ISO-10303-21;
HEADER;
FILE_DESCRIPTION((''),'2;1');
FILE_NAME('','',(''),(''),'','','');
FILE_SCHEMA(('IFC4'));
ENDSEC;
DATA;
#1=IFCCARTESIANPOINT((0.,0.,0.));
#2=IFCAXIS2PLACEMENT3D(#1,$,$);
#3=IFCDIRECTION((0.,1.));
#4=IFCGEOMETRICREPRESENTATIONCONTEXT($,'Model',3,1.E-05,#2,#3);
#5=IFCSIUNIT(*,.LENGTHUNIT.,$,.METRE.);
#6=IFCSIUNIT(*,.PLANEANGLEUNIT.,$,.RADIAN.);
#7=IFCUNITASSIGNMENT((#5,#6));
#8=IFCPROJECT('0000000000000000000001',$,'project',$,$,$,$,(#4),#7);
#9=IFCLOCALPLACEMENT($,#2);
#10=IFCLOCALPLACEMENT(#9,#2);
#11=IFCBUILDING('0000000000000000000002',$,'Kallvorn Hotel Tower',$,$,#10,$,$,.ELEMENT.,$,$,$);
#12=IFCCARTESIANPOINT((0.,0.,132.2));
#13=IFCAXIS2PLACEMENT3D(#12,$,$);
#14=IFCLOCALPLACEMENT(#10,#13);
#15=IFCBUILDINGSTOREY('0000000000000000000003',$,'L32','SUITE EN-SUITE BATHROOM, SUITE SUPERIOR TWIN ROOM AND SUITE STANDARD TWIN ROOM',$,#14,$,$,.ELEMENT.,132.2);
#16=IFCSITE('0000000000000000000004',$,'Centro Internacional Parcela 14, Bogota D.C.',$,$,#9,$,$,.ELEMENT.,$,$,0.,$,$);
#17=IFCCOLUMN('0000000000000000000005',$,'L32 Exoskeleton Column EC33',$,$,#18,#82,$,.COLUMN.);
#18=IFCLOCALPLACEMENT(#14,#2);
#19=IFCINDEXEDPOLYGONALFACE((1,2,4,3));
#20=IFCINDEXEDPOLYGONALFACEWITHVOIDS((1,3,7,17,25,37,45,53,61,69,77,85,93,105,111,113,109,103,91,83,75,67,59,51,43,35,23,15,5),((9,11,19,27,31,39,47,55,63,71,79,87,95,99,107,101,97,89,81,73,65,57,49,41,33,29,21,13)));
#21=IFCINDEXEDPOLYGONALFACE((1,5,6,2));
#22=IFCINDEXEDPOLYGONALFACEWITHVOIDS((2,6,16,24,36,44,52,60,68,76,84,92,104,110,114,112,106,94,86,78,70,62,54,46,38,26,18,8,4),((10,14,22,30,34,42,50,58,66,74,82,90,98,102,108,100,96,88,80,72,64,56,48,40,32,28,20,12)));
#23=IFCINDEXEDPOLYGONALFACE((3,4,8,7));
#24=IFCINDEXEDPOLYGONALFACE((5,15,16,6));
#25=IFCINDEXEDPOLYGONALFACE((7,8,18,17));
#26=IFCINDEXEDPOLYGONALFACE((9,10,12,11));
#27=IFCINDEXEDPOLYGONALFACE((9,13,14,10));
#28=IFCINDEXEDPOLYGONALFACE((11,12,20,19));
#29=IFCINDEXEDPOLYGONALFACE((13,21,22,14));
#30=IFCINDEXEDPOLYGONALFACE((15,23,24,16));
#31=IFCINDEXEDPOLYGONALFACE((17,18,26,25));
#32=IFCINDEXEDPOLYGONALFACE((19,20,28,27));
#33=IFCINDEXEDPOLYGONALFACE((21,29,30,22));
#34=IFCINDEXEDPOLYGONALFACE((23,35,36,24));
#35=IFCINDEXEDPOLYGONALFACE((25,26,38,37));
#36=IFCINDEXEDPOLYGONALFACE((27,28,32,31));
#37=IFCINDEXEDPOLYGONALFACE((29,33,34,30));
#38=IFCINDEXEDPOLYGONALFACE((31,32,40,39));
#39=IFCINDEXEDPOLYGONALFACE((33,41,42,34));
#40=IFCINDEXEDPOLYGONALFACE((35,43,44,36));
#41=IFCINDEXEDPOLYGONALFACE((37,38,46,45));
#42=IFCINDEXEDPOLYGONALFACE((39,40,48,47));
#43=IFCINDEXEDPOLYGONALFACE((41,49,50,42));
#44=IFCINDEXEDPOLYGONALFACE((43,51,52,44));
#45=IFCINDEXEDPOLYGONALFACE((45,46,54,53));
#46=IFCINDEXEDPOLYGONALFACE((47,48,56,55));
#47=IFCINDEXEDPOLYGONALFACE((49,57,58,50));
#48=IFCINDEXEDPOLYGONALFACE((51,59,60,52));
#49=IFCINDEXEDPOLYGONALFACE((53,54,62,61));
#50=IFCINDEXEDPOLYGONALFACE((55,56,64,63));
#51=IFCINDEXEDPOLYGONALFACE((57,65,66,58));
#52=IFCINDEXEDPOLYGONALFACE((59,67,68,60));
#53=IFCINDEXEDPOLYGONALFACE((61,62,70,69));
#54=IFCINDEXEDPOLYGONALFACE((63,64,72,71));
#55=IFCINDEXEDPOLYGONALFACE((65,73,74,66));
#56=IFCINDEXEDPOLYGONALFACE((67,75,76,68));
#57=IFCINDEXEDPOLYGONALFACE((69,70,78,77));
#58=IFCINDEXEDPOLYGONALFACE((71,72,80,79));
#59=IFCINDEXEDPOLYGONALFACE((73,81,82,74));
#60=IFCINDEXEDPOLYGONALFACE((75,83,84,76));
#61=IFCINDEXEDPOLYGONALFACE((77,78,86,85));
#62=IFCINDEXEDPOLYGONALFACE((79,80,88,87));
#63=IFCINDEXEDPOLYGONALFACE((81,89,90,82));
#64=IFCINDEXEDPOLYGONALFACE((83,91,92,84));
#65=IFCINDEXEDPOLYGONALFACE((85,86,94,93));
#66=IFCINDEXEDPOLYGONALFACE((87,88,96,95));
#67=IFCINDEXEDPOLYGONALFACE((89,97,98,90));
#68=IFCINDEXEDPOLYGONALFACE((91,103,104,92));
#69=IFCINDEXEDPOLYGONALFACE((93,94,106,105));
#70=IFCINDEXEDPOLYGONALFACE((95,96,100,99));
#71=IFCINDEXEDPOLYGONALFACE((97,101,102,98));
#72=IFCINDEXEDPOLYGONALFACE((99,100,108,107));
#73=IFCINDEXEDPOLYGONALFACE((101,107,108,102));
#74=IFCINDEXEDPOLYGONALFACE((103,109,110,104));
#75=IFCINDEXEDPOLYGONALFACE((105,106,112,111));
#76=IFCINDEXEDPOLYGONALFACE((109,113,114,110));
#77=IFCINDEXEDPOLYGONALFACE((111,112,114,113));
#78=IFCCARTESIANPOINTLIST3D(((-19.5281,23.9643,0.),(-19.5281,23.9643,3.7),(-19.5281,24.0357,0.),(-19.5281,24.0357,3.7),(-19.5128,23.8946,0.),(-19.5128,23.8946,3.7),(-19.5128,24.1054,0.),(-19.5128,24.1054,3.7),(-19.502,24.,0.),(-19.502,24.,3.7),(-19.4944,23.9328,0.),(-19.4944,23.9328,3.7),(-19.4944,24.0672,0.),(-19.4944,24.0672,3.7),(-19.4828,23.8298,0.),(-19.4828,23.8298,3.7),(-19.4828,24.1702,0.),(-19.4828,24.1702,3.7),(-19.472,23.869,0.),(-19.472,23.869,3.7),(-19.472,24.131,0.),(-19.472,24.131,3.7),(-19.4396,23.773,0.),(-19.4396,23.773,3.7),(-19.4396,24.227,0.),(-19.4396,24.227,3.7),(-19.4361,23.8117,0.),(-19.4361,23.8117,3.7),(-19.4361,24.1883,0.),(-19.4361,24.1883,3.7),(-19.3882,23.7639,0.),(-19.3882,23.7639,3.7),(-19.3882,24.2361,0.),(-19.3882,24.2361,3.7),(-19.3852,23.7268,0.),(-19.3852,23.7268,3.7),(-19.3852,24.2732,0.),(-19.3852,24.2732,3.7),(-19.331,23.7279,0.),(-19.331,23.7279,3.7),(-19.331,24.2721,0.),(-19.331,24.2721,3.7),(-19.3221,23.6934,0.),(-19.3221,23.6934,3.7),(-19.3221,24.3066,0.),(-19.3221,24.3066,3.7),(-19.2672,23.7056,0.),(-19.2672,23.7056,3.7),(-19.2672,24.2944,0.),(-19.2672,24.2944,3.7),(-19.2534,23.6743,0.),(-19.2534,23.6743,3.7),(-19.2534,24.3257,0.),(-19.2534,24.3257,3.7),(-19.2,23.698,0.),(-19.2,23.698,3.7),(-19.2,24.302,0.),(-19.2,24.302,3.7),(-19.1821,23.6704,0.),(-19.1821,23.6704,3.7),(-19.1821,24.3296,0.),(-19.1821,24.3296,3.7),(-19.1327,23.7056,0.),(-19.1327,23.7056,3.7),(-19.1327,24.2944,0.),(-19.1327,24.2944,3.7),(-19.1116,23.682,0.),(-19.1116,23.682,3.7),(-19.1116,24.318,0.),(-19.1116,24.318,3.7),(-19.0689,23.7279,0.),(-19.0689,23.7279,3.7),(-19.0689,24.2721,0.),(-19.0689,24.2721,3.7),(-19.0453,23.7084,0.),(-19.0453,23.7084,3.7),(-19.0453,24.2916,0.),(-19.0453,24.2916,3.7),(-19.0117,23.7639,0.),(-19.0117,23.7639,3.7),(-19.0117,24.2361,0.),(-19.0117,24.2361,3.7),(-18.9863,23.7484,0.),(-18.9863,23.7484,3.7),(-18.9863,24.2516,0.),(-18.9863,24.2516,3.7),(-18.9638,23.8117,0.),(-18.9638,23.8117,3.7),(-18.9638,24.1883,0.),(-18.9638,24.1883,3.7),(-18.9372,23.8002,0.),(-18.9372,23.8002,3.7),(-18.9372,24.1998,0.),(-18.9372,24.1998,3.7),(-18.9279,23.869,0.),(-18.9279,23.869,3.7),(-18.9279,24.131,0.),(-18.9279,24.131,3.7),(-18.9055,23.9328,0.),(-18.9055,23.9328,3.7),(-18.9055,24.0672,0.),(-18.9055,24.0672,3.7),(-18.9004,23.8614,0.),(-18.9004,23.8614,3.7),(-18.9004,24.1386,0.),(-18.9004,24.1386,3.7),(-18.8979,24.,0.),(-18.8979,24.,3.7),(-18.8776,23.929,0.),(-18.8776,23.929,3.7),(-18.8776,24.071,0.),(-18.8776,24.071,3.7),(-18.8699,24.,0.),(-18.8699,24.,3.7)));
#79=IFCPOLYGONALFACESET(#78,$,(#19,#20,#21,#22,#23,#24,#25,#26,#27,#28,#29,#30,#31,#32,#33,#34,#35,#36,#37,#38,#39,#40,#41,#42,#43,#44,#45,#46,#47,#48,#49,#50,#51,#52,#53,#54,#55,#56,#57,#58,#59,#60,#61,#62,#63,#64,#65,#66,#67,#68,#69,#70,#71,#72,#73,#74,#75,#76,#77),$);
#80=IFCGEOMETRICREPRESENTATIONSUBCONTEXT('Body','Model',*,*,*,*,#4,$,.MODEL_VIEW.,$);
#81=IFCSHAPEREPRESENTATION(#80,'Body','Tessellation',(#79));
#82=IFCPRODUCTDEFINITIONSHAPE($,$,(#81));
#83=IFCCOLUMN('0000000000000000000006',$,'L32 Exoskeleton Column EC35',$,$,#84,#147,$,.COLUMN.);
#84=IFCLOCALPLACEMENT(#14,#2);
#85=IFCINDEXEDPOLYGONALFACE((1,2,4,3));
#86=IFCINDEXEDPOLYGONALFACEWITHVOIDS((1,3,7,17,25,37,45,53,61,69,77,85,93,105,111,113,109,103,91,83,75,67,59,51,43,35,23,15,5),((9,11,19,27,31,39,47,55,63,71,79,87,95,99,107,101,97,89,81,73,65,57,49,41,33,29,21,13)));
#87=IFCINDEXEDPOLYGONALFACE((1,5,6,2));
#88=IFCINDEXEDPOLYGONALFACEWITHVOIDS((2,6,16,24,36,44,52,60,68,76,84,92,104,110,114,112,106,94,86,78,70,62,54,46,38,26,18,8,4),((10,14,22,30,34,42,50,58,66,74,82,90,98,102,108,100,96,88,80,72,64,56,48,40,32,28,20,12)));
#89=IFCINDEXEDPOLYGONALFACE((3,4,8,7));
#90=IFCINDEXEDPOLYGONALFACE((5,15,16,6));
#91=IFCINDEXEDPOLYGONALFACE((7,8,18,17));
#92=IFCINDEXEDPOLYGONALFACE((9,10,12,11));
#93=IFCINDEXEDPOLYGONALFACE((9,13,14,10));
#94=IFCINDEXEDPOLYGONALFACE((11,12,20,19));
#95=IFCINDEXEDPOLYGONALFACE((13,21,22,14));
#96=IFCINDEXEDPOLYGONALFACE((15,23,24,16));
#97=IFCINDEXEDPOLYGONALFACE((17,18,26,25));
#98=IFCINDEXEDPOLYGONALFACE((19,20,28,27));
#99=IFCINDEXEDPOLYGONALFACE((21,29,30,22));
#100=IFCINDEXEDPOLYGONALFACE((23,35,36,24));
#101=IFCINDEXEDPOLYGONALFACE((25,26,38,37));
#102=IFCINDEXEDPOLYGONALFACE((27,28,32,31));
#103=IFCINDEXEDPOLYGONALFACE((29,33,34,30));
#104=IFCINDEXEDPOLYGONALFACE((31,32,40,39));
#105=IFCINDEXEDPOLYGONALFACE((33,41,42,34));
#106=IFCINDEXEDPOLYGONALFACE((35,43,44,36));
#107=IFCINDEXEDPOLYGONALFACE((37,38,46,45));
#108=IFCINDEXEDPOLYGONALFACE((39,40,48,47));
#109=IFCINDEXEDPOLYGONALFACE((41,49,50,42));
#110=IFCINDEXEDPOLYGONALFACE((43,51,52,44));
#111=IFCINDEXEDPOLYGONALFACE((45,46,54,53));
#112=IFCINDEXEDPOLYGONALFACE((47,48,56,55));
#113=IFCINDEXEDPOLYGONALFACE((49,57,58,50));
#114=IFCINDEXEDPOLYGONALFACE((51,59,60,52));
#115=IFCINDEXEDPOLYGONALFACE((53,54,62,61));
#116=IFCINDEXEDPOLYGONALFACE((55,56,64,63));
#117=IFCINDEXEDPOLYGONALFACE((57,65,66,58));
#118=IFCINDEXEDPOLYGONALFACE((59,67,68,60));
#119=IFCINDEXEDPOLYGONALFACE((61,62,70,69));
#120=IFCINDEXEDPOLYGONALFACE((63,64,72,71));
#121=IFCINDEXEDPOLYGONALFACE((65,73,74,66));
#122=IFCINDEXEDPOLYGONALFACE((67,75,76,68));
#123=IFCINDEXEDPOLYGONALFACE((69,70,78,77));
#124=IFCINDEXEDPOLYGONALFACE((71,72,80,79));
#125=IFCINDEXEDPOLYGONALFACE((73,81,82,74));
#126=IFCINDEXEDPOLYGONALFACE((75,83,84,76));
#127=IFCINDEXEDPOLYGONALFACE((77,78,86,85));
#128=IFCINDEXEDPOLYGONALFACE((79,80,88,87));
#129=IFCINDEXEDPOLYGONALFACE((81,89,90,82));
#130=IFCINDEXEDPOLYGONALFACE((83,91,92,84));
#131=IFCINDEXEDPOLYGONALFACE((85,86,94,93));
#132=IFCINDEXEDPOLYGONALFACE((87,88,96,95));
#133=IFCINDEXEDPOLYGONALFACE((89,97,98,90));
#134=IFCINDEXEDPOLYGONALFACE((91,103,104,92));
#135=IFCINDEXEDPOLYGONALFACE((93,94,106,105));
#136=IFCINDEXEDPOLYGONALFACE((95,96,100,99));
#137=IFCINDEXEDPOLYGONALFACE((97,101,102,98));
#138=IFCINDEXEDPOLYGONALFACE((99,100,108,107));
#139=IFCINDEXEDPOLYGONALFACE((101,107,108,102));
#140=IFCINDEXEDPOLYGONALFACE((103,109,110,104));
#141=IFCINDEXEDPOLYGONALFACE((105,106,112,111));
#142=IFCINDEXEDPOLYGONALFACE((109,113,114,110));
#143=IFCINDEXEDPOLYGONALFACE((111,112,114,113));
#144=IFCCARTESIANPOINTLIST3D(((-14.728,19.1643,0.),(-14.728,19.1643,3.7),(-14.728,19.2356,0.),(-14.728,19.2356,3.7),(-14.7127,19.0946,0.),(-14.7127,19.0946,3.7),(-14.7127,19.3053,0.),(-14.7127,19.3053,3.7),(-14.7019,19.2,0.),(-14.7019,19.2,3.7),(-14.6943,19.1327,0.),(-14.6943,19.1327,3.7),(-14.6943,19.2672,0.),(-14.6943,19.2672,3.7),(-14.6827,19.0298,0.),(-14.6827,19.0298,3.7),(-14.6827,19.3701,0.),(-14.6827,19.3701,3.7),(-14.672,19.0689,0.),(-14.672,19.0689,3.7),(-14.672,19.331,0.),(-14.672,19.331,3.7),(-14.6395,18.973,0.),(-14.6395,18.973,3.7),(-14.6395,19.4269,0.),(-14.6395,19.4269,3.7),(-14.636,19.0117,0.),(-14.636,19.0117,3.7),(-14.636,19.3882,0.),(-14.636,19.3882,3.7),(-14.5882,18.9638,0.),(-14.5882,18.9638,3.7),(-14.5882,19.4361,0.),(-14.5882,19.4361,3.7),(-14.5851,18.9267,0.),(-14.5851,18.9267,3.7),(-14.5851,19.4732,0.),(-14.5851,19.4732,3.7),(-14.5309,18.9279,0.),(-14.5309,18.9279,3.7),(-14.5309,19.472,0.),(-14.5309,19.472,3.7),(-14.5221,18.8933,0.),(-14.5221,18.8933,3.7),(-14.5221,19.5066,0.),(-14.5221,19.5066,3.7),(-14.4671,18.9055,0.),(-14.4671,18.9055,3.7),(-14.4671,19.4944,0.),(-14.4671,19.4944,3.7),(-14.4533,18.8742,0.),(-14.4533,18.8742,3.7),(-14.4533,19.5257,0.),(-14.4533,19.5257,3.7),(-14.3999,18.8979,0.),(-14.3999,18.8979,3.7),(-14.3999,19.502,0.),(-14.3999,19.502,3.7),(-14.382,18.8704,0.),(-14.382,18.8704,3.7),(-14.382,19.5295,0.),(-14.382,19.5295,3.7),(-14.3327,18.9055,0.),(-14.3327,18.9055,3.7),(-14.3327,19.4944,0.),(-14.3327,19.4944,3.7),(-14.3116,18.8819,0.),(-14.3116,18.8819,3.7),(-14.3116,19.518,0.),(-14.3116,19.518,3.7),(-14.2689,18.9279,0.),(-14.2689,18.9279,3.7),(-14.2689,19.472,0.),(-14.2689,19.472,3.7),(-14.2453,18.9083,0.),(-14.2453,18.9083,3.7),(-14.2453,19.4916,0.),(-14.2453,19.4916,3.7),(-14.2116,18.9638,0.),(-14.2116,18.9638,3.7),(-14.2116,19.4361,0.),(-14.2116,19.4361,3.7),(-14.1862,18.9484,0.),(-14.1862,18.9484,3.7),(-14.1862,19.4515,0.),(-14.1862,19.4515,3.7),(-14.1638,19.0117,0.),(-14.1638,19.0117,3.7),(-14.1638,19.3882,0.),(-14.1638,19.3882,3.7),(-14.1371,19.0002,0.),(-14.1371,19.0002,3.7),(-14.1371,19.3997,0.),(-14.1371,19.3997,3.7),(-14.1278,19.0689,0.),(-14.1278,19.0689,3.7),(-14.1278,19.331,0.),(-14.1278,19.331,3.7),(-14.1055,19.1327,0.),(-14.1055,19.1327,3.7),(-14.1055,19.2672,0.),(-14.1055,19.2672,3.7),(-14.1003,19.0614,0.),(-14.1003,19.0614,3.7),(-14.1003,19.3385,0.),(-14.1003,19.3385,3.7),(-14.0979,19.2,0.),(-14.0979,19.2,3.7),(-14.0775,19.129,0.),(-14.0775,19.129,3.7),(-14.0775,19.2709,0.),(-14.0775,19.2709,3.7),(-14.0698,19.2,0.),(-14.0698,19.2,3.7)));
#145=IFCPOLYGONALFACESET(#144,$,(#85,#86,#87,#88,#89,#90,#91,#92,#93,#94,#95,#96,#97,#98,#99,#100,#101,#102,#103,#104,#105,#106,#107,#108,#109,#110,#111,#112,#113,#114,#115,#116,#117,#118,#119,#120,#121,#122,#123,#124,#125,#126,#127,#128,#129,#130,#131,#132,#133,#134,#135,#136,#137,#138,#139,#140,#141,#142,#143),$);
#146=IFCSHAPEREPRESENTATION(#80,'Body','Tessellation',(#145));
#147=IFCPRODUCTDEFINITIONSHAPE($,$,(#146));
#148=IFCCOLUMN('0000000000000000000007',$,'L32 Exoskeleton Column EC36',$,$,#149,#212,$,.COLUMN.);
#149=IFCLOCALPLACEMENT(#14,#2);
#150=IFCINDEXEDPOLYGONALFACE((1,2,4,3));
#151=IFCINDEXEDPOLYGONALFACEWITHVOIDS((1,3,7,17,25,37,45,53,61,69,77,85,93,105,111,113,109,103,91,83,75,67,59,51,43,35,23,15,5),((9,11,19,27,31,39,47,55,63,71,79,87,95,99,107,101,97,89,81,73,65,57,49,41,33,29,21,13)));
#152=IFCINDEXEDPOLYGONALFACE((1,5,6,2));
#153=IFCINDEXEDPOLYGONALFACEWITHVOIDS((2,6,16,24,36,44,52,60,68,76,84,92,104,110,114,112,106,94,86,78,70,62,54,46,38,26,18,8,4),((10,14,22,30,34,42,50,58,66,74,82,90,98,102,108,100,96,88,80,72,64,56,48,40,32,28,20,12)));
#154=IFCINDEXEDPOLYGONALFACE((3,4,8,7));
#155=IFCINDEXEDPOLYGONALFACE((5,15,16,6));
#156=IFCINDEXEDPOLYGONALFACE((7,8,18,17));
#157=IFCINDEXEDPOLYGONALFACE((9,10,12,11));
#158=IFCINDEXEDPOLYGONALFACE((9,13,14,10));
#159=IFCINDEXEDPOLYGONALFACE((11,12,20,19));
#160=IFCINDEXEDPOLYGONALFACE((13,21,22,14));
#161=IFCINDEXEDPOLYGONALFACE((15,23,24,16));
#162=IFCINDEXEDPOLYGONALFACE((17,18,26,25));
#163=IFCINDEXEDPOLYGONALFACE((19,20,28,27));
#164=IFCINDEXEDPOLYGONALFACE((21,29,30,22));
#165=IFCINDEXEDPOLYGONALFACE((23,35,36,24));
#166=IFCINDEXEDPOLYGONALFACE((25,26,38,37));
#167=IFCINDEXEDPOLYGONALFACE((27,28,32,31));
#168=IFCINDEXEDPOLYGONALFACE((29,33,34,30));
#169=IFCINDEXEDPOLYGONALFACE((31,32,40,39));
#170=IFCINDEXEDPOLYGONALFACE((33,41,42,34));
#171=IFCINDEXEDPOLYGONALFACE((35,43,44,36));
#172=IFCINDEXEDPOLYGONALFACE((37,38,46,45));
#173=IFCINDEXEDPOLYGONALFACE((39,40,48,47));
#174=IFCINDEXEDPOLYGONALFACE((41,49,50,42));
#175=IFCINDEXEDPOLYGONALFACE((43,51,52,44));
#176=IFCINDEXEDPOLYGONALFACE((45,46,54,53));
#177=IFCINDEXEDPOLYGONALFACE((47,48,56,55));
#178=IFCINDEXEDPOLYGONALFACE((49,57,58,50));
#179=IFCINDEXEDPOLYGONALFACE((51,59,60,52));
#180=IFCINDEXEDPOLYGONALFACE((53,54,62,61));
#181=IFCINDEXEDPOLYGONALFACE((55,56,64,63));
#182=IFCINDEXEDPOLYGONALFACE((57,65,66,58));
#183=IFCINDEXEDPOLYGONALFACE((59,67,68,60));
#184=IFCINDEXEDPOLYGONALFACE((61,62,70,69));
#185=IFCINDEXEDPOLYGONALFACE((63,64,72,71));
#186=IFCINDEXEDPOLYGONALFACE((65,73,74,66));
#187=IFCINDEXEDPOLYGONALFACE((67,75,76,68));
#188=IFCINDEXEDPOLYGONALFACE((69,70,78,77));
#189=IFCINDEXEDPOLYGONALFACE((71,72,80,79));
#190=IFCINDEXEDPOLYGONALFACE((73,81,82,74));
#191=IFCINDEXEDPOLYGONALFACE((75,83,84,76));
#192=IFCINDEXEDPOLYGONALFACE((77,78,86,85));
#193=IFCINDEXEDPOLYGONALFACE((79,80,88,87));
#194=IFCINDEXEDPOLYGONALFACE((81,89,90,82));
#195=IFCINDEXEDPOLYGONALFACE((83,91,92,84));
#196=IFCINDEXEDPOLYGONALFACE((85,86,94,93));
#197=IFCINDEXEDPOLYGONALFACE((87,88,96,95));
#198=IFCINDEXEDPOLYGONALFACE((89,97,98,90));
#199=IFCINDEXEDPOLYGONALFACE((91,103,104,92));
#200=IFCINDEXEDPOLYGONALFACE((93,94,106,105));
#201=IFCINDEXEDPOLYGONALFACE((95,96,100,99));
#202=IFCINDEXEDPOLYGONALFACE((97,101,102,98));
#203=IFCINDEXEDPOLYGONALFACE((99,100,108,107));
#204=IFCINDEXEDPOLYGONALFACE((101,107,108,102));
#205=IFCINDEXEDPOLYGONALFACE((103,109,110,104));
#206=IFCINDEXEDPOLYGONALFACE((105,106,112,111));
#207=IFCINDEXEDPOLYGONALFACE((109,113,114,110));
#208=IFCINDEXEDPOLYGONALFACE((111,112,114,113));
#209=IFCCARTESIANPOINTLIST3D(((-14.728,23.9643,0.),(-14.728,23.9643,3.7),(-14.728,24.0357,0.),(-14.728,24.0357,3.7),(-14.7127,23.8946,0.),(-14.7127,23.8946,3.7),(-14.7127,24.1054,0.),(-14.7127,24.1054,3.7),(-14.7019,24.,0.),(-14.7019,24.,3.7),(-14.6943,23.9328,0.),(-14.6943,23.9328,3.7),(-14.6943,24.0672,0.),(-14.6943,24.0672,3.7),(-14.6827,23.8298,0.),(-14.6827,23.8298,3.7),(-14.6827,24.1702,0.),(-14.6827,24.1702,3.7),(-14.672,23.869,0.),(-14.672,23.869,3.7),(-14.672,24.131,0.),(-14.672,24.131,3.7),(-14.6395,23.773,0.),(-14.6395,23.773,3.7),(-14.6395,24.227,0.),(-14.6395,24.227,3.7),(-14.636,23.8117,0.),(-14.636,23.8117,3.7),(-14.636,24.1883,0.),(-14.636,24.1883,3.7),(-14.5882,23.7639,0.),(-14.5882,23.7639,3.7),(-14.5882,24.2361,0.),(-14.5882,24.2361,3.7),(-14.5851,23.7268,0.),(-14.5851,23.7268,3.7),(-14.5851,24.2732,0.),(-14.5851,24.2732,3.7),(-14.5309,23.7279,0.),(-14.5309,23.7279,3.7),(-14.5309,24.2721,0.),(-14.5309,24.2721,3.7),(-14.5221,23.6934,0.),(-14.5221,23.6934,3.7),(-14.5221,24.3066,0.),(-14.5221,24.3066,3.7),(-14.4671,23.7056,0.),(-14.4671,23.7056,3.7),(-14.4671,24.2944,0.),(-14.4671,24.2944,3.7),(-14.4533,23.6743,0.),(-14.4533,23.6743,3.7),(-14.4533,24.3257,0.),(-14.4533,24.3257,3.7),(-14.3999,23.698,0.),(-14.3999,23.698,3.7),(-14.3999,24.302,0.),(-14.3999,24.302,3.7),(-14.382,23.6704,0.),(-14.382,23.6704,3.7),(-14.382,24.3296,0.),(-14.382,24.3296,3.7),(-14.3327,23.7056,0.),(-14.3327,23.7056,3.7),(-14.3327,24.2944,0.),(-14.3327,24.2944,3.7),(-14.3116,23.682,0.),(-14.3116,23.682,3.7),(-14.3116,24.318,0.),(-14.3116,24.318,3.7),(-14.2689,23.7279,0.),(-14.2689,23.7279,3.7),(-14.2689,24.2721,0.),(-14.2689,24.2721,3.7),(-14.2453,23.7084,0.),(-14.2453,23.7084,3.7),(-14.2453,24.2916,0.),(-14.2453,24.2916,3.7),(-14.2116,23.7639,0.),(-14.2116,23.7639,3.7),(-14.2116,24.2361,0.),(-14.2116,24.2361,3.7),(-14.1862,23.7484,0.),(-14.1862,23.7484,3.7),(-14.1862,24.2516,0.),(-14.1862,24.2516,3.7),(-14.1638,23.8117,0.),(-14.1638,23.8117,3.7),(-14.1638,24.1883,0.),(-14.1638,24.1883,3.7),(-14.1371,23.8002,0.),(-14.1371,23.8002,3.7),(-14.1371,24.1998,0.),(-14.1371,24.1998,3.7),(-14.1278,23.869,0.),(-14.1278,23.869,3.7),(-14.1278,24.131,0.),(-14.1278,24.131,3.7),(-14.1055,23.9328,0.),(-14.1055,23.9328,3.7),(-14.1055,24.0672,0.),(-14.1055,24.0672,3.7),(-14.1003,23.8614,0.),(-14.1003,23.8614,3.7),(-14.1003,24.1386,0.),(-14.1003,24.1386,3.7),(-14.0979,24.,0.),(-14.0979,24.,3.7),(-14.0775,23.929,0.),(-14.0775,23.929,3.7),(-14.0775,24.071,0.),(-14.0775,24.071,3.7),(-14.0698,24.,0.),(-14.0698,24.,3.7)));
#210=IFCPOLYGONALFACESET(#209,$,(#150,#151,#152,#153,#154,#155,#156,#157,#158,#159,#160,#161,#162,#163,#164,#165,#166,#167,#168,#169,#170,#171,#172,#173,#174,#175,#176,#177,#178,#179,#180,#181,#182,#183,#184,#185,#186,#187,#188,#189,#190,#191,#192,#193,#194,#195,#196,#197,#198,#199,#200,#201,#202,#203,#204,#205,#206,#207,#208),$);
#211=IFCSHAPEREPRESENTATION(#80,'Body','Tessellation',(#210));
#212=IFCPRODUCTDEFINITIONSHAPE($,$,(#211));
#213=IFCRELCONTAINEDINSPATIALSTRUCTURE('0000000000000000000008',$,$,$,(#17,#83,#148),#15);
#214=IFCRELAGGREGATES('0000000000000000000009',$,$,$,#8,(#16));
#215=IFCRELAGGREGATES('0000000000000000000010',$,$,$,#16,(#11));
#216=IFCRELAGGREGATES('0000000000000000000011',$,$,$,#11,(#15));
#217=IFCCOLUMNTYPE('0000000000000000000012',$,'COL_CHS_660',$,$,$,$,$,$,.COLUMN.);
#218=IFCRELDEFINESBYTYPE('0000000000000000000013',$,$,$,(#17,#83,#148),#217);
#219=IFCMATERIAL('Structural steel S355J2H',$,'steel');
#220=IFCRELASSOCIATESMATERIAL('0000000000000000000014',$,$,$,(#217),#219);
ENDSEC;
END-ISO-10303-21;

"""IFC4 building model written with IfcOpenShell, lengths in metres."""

from ifc_helpers import new_model, si_unit, direction, frame, origin, origin_2d, place, context, subcontext, project, spatial, hollow_circle, extrude, material, material_profile, profile_set, type_object, element, save


model = new_model("IFC4")

# Units and contexts
model_context = context("Model", 3, precision=1e-05, world=origin(), true_north=direction((0.0, 1.0)))
body_context = subcontext(model_context, "Body", "Model", "MODEL_VIEW")
ifc_project = project(units=[si_unit("LENGTHUNIT", "METRE"), si_unit("PLANEANGLEUNIT", "RADIAN")], contexts=[model_context])

# Site, building, storey
site_placement = place(None, origin())
site = spatial("IfcSite", under=ifc_project, at=site_placement, Name="Centro Internacional Parcela 14, Bogota D.C.", CompositionType="ELEMENT", RefElevation=0.0)
building_placement = place(site_placement, origin())
building = spatial("IfcBuilding", under=site, at=building_placement, Name="Kallvorn Hotel Tower", CompositionType="ELEMENT")
storey_placement = place(building_placement, frame((0.0, 0.0, 132.2)))
storey = spatial("IfcBuildingStorey", under=building, at=storey_placement, Name="L32", Description="SUITE EN-SUITE BATHROOM, SUITE SUPERIOR TWIN ROOM AND SUITE STANDARD TWIN ROOM", CompositionType="ELEMENT", Elevation=132.2)

# Columns
ifc_material_1 = material(Name="Structural steel S355J2H", Category="steel")
ifc_material_profile_1 = material_profile(ifc_material_1, hollow_circle(Radius=0.3301, WallThickness=0.0281, at=origin_2d()), Name="CHS 660x28")
ifc_profile_set_1 = profile_set([ifc_material_profile_1], Name="Structural steel S355J2H")
column_type_1 = type_object("IfcColumnType", Name="COL_CHS_660", PredefinedType="COLUMN", material=ifc_profile_set_1)
for number, where, z_axis, x_axis, name in (
    (1, (-19.2, 24.0, 0.0), (0.0, 0.0, 1.0), (1.0, 0.0, 0.0), "L32 Exoskeleton Column EC33"),
    (2, (-14.3999, 19.2, 0.0), (0.0, 0.0, 1.0), (1.0, 0.0, 0.0), "L32 Exoskeleton Column EC35"),
    (3, (-14.3999, 24.0, 0.0), (0.0, 0.0, 1.0), (1.0, 0.0, 0.0), "L32 Exoskeleton Column EC36"),
):
    element("IfcColumn", number, at=place(storey_placement, frame(where, z_axis=z_axis, x_axis=x_axis)), inside=storey, type_object=column_type_1, Name=name, PredefinedType="COLUMN", context=body_context, shape_type="SweptSolid", body=[
        extrude(hollow_circle(Radius=0.3301, WallThickness=0.0281, at=origin_2d()), origin(), (0.0, 0.0, 1.0), 3.7),
    ])

save(model, "model.ifc")
